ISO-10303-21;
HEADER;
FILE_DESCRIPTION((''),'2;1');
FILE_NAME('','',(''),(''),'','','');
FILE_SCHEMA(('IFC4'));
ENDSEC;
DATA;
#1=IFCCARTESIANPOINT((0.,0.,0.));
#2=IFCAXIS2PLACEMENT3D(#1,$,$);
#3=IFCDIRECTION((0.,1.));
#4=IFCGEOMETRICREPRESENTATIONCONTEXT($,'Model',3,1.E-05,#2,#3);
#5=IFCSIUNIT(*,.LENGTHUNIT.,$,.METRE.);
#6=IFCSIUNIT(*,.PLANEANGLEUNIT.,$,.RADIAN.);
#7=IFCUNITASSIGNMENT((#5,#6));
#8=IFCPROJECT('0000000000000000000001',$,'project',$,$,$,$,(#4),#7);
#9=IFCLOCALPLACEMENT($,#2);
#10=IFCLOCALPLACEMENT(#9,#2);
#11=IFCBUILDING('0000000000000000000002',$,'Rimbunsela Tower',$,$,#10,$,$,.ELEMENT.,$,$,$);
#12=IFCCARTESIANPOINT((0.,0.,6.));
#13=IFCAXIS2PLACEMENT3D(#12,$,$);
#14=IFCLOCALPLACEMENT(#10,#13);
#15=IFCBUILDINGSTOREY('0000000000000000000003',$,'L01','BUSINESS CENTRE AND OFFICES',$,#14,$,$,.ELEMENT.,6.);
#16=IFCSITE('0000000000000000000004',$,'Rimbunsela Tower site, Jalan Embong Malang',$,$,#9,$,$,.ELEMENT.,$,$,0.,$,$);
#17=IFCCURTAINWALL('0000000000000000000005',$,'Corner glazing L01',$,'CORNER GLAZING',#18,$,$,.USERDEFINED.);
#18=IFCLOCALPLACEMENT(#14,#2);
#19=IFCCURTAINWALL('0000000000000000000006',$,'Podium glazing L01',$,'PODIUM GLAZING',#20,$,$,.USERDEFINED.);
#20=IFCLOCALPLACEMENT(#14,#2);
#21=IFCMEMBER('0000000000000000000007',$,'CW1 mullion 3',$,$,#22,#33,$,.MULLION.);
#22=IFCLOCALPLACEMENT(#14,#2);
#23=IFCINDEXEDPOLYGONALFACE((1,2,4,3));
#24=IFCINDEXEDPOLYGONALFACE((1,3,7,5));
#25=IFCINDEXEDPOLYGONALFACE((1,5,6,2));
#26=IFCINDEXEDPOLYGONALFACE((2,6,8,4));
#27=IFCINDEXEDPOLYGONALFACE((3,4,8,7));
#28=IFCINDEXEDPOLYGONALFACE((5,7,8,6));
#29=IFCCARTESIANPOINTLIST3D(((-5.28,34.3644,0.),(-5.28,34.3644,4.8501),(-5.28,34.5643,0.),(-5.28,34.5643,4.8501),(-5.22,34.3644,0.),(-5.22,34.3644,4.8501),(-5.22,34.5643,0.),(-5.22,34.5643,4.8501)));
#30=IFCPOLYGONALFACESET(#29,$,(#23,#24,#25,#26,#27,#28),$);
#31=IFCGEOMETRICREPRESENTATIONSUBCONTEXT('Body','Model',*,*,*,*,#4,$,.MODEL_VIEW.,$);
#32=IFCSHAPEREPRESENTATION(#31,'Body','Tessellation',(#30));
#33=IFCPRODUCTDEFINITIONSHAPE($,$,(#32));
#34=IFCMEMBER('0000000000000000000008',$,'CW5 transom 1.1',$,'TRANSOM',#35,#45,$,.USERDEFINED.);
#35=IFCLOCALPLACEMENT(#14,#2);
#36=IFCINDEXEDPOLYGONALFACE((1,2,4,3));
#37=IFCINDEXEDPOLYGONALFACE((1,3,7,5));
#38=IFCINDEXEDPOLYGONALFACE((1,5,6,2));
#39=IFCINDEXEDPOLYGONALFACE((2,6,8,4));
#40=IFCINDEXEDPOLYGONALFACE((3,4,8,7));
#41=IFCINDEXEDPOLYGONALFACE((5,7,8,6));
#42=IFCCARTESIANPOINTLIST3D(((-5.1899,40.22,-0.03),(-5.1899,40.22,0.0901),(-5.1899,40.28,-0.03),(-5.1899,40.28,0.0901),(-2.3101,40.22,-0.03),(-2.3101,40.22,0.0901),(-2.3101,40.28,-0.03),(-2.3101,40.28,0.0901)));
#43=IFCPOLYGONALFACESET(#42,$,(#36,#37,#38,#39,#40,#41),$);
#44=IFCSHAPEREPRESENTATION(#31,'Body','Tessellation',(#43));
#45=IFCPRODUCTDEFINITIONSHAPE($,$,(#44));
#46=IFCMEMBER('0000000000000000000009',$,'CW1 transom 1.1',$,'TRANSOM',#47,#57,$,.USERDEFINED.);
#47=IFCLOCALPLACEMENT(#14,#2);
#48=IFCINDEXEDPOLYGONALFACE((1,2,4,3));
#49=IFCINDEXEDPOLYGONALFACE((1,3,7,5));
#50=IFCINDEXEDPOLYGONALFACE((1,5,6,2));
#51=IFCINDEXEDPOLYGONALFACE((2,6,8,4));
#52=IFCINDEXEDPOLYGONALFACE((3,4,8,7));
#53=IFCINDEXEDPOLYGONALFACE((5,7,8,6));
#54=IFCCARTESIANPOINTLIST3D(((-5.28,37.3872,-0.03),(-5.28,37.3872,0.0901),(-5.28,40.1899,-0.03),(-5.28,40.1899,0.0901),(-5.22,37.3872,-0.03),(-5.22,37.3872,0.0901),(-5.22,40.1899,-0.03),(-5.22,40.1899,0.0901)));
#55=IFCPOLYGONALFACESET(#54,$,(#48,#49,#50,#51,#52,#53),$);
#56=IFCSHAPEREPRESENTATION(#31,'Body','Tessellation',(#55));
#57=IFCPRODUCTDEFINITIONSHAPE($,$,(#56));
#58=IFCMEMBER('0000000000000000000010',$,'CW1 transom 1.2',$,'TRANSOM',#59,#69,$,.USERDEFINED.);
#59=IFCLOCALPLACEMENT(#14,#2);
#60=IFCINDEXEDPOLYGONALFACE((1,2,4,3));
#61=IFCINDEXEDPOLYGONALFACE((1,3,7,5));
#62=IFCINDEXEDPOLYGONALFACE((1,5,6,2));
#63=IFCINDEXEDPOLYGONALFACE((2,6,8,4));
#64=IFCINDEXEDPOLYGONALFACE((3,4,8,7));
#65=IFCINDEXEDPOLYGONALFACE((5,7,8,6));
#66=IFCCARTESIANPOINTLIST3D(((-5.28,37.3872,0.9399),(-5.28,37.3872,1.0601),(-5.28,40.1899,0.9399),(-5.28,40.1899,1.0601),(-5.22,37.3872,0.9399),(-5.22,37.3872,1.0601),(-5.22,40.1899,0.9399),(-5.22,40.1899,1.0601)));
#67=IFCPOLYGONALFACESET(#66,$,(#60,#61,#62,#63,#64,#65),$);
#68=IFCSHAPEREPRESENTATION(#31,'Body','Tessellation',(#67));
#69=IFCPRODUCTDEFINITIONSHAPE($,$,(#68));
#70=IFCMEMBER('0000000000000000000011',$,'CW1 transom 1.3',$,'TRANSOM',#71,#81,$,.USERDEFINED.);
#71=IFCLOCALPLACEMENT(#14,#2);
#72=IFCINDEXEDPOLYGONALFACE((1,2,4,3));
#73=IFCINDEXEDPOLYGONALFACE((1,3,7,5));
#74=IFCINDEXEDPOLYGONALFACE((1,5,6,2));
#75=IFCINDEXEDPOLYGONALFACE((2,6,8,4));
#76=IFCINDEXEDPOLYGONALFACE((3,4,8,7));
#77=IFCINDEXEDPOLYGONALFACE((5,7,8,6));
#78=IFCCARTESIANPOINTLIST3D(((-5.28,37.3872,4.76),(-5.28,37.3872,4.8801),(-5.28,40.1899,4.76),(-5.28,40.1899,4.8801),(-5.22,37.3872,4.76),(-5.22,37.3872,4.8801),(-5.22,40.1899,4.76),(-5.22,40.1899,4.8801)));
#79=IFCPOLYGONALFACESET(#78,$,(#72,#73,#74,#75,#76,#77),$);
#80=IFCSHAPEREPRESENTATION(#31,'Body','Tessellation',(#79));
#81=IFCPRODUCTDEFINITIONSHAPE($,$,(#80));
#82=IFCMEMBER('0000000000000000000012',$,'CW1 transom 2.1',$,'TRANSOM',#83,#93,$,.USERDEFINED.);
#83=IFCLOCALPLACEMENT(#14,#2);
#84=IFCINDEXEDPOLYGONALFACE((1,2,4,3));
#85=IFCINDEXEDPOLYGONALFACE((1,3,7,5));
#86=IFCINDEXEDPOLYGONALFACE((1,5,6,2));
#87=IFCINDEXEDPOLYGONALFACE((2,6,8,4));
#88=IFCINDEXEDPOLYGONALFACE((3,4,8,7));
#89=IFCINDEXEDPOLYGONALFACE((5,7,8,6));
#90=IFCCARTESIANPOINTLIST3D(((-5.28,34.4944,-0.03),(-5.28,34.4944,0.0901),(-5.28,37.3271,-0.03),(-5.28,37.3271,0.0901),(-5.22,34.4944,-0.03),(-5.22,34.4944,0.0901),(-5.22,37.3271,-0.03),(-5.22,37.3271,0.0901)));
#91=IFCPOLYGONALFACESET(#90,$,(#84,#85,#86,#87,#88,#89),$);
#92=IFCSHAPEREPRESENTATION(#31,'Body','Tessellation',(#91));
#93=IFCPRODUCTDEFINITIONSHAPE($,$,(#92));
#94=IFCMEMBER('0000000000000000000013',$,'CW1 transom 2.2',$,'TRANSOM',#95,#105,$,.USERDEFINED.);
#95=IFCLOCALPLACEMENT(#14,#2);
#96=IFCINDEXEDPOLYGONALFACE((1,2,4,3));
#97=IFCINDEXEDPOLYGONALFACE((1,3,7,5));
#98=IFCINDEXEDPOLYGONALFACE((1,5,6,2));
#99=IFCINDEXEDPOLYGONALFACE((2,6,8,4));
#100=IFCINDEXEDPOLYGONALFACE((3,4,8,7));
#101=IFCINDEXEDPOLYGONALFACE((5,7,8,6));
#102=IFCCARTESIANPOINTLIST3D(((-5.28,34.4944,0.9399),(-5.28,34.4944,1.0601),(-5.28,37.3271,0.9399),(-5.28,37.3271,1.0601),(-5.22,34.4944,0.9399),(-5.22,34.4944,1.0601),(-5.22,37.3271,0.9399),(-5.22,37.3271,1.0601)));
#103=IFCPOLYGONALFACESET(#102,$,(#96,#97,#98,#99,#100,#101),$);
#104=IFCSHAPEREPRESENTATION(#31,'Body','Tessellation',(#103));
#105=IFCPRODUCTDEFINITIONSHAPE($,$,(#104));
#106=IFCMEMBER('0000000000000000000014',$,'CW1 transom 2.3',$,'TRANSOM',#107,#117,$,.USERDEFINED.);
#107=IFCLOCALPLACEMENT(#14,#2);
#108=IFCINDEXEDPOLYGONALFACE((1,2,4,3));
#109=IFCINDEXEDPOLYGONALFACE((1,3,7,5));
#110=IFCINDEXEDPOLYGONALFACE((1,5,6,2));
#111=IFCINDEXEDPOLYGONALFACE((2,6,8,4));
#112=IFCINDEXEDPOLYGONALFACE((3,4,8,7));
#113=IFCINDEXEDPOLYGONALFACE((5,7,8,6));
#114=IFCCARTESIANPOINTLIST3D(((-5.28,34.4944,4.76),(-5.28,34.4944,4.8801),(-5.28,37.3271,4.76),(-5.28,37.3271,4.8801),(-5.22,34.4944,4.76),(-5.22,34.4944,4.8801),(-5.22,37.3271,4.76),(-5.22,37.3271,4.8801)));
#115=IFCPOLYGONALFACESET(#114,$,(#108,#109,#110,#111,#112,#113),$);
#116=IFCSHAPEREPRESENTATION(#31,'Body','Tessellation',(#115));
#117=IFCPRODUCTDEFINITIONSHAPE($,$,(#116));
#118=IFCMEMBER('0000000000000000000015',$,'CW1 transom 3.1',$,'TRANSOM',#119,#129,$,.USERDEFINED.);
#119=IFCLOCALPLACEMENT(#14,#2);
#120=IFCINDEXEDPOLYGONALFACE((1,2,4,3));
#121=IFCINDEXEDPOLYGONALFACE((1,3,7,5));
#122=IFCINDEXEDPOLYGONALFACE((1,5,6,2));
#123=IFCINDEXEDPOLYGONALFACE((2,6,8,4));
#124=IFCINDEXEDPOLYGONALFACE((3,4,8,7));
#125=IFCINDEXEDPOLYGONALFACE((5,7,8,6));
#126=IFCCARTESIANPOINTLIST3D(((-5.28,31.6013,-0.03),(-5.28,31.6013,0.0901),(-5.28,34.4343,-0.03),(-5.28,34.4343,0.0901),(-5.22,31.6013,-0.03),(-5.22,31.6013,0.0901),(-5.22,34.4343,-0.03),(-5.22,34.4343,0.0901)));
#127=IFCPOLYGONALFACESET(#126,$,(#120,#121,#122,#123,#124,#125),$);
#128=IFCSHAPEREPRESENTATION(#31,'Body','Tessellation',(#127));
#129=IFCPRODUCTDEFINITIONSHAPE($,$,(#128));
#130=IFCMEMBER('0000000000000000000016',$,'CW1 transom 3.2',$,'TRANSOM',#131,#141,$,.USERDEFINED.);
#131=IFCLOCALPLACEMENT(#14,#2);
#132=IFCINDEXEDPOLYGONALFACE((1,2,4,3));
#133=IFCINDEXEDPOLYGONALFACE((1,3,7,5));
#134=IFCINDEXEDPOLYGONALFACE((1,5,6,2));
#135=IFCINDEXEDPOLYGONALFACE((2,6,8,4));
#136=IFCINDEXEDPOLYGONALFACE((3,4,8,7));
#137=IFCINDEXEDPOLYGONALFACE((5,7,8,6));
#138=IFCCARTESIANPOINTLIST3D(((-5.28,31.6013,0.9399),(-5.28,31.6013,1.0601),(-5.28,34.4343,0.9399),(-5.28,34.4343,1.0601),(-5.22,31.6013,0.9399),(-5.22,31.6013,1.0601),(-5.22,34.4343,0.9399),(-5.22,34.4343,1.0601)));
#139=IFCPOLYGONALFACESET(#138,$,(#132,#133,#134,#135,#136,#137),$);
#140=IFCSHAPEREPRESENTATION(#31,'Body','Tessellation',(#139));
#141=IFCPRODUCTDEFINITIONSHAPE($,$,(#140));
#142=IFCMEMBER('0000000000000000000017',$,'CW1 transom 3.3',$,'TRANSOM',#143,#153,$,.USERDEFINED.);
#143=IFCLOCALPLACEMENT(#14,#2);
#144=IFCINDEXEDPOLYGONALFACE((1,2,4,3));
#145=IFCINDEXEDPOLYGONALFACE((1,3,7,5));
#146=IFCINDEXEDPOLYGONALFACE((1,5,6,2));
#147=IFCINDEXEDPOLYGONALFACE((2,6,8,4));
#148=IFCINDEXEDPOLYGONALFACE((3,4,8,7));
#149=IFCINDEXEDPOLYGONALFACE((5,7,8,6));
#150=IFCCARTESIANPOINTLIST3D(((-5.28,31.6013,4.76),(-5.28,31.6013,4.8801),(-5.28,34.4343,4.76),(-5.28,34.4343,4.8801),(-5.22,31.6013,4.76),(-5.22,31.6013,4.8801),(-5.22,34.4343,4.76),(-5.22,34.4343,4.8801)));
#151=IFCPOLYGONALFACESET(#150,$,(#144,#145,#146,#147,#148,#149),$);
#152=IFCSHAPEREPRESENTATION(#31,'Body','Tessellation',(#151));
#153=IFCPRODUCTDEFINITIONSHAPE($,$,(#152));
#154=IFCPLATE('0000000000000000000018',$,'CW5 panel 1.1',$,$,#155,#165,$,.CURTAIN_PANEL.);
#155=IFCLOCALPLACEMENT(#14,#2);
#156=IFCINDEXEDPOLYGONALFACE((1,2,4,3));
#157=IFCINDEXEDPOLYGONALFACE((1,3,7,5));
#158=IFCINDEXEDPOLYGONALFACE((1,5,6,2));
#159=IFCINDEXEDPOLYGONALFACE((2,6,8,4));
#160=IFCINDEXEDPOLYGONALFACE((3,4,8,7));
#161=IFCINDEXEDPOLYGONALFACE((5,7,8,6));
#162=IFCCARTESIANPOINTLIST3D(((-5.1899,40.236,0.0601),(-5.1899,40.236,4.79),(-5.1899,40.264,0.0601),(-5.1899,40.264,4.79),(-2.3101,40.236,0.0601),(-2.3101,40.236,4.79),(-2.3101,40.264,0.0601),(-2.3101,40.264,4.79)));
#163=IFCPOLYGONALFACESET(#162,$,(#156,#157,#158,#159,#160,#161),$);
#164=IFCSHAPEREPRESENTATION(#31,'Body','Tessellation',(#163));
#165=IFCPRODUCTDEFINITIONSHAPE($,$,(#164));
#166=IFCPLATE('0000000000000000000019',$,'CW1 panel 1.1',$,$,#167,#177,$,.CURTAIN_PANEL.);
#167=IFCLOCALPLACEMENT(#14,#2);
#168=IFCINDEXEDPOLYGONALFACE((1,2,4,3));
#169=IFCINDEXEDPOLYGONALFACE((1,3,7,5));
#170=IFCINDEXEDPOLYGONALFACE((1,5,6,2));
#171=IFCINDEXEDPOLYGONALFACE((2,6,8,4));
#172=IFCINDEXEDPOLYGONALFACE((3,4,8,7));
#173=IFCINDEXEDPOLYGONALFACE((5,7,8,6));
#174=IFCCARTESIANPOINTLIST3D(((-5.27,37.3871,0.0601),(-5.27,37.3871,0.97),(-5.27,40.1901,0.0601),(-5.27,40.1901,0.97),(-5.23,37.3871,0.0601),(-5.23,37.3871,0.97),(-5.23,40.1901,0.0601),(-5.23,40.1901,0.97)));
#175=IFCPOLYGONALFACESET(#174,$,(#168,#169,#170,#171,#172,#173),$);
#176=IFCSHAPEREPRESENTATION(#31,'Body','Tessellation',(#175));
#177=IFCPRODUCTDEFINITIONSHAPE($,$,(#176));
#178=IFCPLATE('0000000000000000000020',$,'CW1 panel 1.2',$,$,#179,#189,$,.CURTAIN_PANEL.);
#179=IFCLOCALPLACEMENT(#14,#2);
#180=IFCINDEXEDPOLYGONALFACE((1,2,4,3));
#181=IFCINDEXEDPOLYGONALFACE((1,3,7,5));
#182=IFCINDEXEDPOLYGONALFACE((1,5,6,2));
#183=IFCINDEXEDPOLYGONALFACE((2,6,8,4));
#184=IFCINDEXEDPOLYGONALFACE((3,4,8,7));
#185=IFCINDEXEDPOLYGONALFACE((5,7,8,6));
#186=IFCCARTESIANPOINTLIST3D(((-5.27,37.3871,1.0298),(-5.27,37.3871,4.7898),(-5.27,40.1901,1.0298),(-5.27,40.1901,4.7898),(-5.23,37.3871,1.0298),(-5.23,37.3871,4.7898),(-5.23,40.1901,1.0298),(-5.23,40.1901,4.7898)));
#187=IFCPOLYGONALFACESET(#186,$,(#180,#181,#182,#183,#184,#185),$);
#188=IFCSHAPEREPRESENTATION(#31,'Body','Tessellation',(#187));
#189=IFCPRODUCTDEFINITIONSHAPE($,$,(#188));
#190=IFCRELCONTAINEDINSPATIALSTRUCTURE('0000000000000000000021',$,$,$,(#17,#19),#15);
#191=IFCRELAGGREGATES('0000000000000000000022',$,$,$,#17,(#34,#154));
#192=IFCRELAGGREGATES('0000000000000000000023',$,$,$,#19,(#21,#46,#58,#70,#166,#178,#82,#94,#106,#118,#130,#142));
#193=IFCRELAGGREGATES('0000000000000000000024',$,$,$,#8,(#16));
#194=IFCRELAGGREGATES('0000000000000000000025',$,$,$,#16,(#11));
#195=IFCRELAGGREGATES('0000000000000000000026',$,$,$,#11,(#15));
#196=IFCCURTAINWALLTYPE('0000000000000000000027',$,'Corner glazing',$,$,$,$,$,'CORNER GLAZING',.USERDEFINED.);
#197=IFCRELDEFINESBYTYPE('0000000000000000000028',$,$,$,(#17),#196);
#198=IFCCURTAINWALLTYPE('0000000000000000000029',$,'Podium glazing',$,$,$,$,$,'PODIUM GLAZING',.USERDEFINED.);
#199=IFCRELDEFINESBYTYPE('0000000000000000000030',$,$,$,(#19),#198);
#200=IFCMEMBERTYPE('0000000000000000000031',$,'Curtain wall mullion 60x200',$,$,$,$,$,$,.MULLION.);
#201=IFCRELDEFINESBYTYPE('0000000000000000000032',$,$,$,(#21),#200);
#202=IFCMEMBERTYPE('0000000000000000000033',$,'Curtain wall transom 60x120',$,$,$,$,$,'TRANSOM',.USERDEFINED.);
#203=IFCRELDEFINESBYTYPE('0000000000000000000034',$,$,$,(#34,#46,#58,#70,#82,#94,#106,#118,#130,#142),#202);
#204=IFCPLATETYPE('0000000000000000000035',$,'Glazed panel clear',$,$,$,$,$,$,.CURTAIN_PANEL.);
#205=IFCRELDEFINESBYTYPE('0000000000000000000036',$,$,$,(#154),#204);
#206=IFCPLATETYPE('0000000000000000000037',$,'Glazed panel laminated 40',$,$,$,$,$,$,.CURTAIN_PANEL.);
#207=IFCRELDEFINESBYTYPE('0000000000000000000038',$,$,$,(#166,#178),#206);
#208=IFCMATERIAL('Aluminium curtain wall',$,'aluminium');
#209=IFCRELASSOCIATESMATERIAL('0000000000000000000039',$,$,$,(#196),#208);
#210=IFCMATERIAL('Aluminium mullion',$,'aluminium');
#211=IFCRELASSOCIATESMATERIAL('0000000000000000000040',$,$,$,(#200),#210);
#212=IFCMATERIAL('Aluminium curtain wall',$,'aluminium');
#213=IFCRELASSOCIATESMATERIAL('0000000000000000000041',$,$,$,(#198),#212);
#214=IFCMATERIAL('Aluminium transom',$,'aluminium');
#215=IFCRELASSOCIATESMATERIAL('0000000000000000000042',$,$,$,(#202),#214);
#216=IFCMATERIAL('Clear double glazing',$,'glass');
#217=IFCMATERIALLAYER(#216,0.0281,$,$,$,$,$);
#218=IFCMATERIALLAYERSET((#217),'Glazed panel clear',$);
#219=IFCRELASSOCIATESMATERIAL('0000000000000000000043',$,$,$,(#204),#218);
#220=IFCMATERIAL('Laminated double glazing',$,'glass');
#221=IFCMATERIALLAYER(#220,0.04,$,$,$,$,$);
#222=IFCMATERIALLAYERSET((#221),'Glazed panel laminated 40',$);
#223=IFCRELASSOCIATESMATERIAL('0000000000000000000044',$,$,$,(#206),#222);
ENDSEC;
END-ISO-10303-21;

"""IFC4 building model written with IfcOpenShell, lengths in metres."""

from ifc_helpers import new_model, si_unit, direction, frame, origin, origin_2d, place, context, subcontext, project, spatial, rectangle, extrude, material, layer, layer_set, material_profile, profile_set, type_object, element, aggregate, save


model = new_model("IFC4")

# Units and contexts
model_context = context("Model", 3, precision=1e-05, world=origin(), true_north=direction((0.0, 1.0)))
body_context = subcontext(model_context, "Body", "Model", "MODEL_VIEW")
ifc_project = project(units=[si_unit("LENGTHUNIT", "METRE"), si_unit("PLANEANGLEUNIT", "RADIAN")], contexts=[model_context])

# Site, building, storey
site_placement = place(None, origin())
site = spatial("IfcSite", under=ifc_project, at=site_placement, Name="Rimbunsela Tower site, Jalan Embong Malang", CompositionType="ELEMENT", RefElevation=0.0)
building_placement = place(site_placement, origin())
building = spatial("IfcBuilding", under=site, at=building_placement, Name="Rimbunsela Tower", CompositionType="ELEMENT")
storey_placement = place(building_placement, frame((0.0, 0.0, 6.0)))
storey = spatial("IfcBuildingStorey", under=building, at=storey_placement, Name="L01", Description="BUSINESS CENTRE AND OFFICES", CompositionType="ELEMENT", Elevation=6.0)

# Curtain wall
ifc_material_1 = material(Name="Aluminium curtain wall", Category="aluminium")
curtain_wall_type_1 = type_object("IfcCurtainWallType", Name="Corner glazing", ElementType="CORNER GLAZING", PredefinedType="USERDEFINED", material=ifc_material_1)
curtain_wall_1_placement = place(storey_placement, origin())
curtain_wall_1 = element("IfcCurtainWall", 1, at=curtain_wall_1_placement, inside=storey, type_object=curtain_wall_type_1, Name="Corner glazing L01", ObjectType="CORNER GLAZING", PredefinedType="USERDEFINED")
ifc_material_2 = material(Name="Aluminium mullion", Category="aluminium")
ifc_material_profile_1 = material_profile(ifc_material_2, rectangle(XDim=0.0601, YDim=0.2, at=origin_2d()), Name="Mullion 60x200")
ifc_profile_set_1 = profile_set([ifc_material_profile_1], Name="Aluminium mullion")
member_type_1 = type_object("IfcMemberType", Name="Curtain wall mullion 60x200", PredefinedType="MULLION", material=ifc_profile_set_1)

# Curtain wall, member
ifc_material_3 = material(Name="Aluminium curtain wall", Category="aluminium")
curtain_wall_type_2 = type_object("IfcCurtainWallType", Name="Podium glazing", ElementType="PODIUM GLAZING", PredefinedType="USERDEFINED", material=ifc_material_3)
curtain_wall_2_placement = place(storey_placement, origin())
curtain_wall_2 = element("IfcCurtainWall", 2, at=curtain_wall_2_placement, inside=storey, type_object=curtain_wall_type_2, Name="Podium glazing L01", ObjectType="PODIUM GLAZING", PredefinedType="USERDEFINED")
member_1_placement = place(storey_placement, frame((-5.25, 34.4644, 0.0), z_axis=(0.0, 0.0, 1.0), x_axis=(1.0, 0.0, 0.0)))
member_1 = element("IfcMember", 3, at=member_1_placement, type_object=member_type_1, Name="CW1 mullion 3", PredefinedType="MULLION", context=body_context, shape_type="SweptSolid", body=[
    extrude(rectangle(XDim=0.0601, YDim=0.2, at=origin_2d()), origin(), (0.0, 0.0, 1.0), 4.8501),
])

# Members
ifc_material_4 = material(Name="Aluminium transom", Category="aluminium")
ifc_material_profile_2 = material_profile(ifc_material_4, rectangle(XDim=0.0601, YDim=0.1201, at=origin_2d()), Name="Transom 60x120")
ifc_profile_set_2 = profile_set([ifc_material_profile_2], Name="Aluminium transom")
member_type_2 = type_object("IfcMemberType", Name="Curtain wall transom 60x120", ElementType="TRANSOM", PredefinedType="USERDEFINED", material=ifc_profile_set_2)
member_2_placement = place(storey_placement, frame((-2.3101, 40.25, 0.03), z_axis=(-1.0, 0.0, 0.0), x_axis=(0.0, -1.0, 0.0)))
member_2 = element("IfcMember", 4, at=member_2_placement, type_object=member_type_2, Name="CW5 transom 1.1", ObjectType="TRANSOM", PredefinedType="USERDEFINED", context=body_context, shape_type="SweptSolid", body=[
    extrude(rectangle(XDim=0.0601, YDim=0.1201, at=origin_2d()), origin(), (0.0, 0.0, 1.0), 2.8799),
])
member_3_placement = place(storey_placement, frame((-5.25, 40.1899, 0.03), z_axis=(0.0, -1.0, 0.0), x_axis=(1.0, 0.0, 0.0)))
member_3 = element("IfcMember", 5, at=member_3_placement, type_object=member_type_2, Name="CW1 transom 1.1", ObjectType="TRANSOM", PredefinedType="USERDEFINED", context=body_context, shape_type="SweptSolid", body=[
    extrude(rectangle(XDim=0.0601, YDim=0.1201, at=origin_2d()), origin(), (0.0, 0.0, 1.0), 2.8027),
])
member_4_placement = place(storey_placement, frame((-5.25, 40.1899, 1.0), z_axis=(0.0, -1.0, 0.0), x_axis=(1.0, 0.0, 0.0)))
member_4 = element("IfcMember", 6, at=member_4_placement, type_object=member_type_2, Name="CW1 transom 1.2", ObjectType="TRANSOM", PredefinedType="USERDEFINED", context=body_context, shape_type="SweptSolid", body=[
    extrude(rectangle(XDim=0.0601, YDim=0.1201, at=origin_2d()), origin(), (0.0, 0.0, 1.0), 2.8027),
])
member_5_placement = place(storey_placement, frame((-5.25, 40.1899, 4.8201), z_axis=(0.0, -1.0, 0.0), x_axis=(1.0, 0.0, 0.0)))
member_5 = element("IfcMember", 7, at=member_5_placement, type_object=member_type_2, Name="CW1 transom 1.3", ObjectType="TRANSOM", PredefinedType="USERDEFINED", context=body_context, shape_type="SweptSolid", body=[
    extrude(rectangle(XDim=0.0601, YDim=0.1201, at=origin_2d()), origin(), (0.0, 0.0, 1.0), 2.8027),
])
member_6_placement = place(storey_placement, frame((-5.25, 37.3271, 0.03), z_axis=(0.0, -1.0, 0.0), x_axis=(1.0, 0.0, 0.0)))
member_6 = element("IfcMember", 8, at=member_6_placement, type_object=member_type_2, Name="CW1 transom 2.1", ObjectType="TRANSOM", PredefinedType="USERDEFINED", context=body_context, shape_type="SweptSolid", body=[
    extrude(rectangle(XDim=0.0601, YDim=0.1201, at=origin_2d()), origin(), (0.0, 0.0, 1.0), 2.8328),
])
member_7_placement = place(storey_placement, frame((-5.25, 37.3271, 1.0), z_axis=(0.0, -1.0, 0.0), x_axis=(1.0, 0.0, 0.0)))
member_7 = element("IfcMember", 9, at=member_7_placement, type_object=member_type_2, Name="CW1 transom 2.2", ObjectType="TRANSOM", PredefinedType="USERDEFINED", context=body_context, shape_type="SweptSolid", body=[
    extrude(rectangle(XDim=0.0601, YDim=0.1201, at=origin_2d()), origin(), (0.0, 0.0, 1.0), 2.8328),
])
member_8_placement = place(storey_placement, frame((-5.25, 37.3271, 4.8201), z_axis=(0.0, -1.0, 0.0), x_axis=(1.0, 0.0, 0.0)))
member_8 = element("IfcMember", 10, at=member_8_placement, type_object=member_type_2, Name="CW1 transom 2.3", ObjectType="TRANSOM", PredefinedType="USERDEFINED", context=body_context, shape_type="SweptSolid", body=[
    extrude(rectangle(XDim=0.0601, YDim=0.1201, at=origin_2d()), origin(), (0.0, 0.0, 1.0), 2.8328),
])
member_9_placement = place(storey_placement, frame((-5.25, 34.4343, 0.03), z_axis=(0.0, -1.0, 0.0), x_axis=(1.0, 0.0, 0.0)))
member_9 = element("IfcMember", 11, at=member_9_placement, type_object=member_type_2, Name="CW1 transom 3.1", ObjectType="TRANSOM", PredefinedType="USERDEFINED", context=body_context, shape_type="SweptSolid", body=[
    extrude(rectangle(XDim=0.0601, YDim=0.1201, at=origin_2d()), origin(), (0.0, 0.0, 1.0), 2.833),
])
member_10_placement = place(storey_placement, frame((-5.25, 34.4343, 1.0), z_axis=(0.0, -1.0, 0.0), x_axis=(1.0, 0.0, 0.0)))
member_10 = element("IfcMember", 12, at=member_10_placement, type_object=member_type_2, Name="CW1 transom 3.2", ObjectType="TRANSOM", PredefinedType="USERDEFINED", context=body_context, shape_type="SweptSolid", body=[
    extrude(rectangle(XDim=0.0601, YDim=0.1201, at=origin_2d()), origin(), (0.0, 0.0, 1.0), 2.833),
])
member_11_placement = place(storey_placement, frame((-5.25, 34.4343, 4.8201), z_axis=(0.0, -1.0, 0.0), x_axis=(1.0, 0.0, 0.0)))
member_11 = element("IfcMember", 13, at=member_11_placement, type_object=member_type_2, Name="CW1 transom 3.3", ObjectType="TRANSOM", PredefinedType="USERDEFINED", context=body_context, shape_type="SweptSolid", body=[
    extrude(rectangle(XDim=0.0601, YDim=0.1201, at=origin_2d()), origin(), (0.0, 0.0, 1.0), 2.833),
])

# Plates
ifc_material_5 = material(Name="Clear double glazing", Category="glass")
ifc_layer_1 = layer(ifc_material_5, 0.0281)
ifc_layer_set_1 = layer_set([ifc_layer_1], Name="Glazed panel clear")
plate_type_1 = type_object("IfcPlateType", Name="Glazed panel clear", PredefinedType="CURTAIN_PANEL", material=ifc_layer_set_1)
plate_1_placement = place(storey_placement, frame((-3.75, 40.25, 0.0601), z_axis=(0.0, 0.0, 1.0), x_axis=(-1.0, 0.0, 0.0)))
plate_1 = element("IfcPlate", 14, at=plate_1_placement, type_object=plate_type_1, Name="CW5 panel 1.1", PredefinedType="CURTAIN_PANEL", context=body_context, shape_type="SweptSolid", body=[
    extrude(rectangle(XDim=2.8799, YDim=0.0281, at=origin_2d()), origin(), (0.0, 0.0, 1.0), 4.73),
])
aggregate(curtain_wall_1, [member_2, plate_1])
ifc_material_6 = material(Name="Laminated double glazing", Category="glass")
ifc_layer_2 = layer(ifc_material_6, 0.04)
ifc_layer_set_2 = layer_set([ifc_layer_2], Name="Glazed panel laminated 40")
plate_type_2 = type_object("IfcPlateType", Name="Glazed panel laminated 40", PredefinedType="CURTAIN_PANEL", material=ifc_layer_set_2)
plate_2_placement = place(storey_placement, frame((-5.25, 38.7886, 0.0601), z_axis=(0.0, 0.0, 1.0), x_axis=(0.0, -1.0, 0.0)))
plate_2 = element("IfcPlate", 15, at=plate_2_placement, type_object=plate_type_2, Name="CW1 panel 1.1", PredefinedType="CURTAIN_PANEL", context=body_context, shape_type="SweptSolid", body=[
    extrude(rectangle(XDim=2.803, YDim=0.04, at=origin_2d()), origin(), (0.0, 0.0, 1.0), 0.9099),
])
plate_3_placement = place(storey_placement, frame((-5.25, 38.7886, 1.0298), z_axis=(0.0, 0.0, 1.0), x_axis=(0.0, -1.0, 0.0)))
plate_3 = element("IfcPlate", 16, at=plate_3_placement, type_object=plate_type_2, Name="CW1 panel 1.2", PredefinedType="CURTAIN_PANEL", context=body_context, shape_type="SweptSolid", body=[
    extrude(rectangle(XDim=2.803, YDim=0.04, at=origin_2d()), origin(), (0.0, 0.0, 1.0), 3.76),
])
aggregate(curtain_wall_2, [member_1, member_3, member_4, member_5, plate_2, plate_3, member_6, member_7, member_8, member_9, member_10, member_11])

save(model, "model.ifc")
